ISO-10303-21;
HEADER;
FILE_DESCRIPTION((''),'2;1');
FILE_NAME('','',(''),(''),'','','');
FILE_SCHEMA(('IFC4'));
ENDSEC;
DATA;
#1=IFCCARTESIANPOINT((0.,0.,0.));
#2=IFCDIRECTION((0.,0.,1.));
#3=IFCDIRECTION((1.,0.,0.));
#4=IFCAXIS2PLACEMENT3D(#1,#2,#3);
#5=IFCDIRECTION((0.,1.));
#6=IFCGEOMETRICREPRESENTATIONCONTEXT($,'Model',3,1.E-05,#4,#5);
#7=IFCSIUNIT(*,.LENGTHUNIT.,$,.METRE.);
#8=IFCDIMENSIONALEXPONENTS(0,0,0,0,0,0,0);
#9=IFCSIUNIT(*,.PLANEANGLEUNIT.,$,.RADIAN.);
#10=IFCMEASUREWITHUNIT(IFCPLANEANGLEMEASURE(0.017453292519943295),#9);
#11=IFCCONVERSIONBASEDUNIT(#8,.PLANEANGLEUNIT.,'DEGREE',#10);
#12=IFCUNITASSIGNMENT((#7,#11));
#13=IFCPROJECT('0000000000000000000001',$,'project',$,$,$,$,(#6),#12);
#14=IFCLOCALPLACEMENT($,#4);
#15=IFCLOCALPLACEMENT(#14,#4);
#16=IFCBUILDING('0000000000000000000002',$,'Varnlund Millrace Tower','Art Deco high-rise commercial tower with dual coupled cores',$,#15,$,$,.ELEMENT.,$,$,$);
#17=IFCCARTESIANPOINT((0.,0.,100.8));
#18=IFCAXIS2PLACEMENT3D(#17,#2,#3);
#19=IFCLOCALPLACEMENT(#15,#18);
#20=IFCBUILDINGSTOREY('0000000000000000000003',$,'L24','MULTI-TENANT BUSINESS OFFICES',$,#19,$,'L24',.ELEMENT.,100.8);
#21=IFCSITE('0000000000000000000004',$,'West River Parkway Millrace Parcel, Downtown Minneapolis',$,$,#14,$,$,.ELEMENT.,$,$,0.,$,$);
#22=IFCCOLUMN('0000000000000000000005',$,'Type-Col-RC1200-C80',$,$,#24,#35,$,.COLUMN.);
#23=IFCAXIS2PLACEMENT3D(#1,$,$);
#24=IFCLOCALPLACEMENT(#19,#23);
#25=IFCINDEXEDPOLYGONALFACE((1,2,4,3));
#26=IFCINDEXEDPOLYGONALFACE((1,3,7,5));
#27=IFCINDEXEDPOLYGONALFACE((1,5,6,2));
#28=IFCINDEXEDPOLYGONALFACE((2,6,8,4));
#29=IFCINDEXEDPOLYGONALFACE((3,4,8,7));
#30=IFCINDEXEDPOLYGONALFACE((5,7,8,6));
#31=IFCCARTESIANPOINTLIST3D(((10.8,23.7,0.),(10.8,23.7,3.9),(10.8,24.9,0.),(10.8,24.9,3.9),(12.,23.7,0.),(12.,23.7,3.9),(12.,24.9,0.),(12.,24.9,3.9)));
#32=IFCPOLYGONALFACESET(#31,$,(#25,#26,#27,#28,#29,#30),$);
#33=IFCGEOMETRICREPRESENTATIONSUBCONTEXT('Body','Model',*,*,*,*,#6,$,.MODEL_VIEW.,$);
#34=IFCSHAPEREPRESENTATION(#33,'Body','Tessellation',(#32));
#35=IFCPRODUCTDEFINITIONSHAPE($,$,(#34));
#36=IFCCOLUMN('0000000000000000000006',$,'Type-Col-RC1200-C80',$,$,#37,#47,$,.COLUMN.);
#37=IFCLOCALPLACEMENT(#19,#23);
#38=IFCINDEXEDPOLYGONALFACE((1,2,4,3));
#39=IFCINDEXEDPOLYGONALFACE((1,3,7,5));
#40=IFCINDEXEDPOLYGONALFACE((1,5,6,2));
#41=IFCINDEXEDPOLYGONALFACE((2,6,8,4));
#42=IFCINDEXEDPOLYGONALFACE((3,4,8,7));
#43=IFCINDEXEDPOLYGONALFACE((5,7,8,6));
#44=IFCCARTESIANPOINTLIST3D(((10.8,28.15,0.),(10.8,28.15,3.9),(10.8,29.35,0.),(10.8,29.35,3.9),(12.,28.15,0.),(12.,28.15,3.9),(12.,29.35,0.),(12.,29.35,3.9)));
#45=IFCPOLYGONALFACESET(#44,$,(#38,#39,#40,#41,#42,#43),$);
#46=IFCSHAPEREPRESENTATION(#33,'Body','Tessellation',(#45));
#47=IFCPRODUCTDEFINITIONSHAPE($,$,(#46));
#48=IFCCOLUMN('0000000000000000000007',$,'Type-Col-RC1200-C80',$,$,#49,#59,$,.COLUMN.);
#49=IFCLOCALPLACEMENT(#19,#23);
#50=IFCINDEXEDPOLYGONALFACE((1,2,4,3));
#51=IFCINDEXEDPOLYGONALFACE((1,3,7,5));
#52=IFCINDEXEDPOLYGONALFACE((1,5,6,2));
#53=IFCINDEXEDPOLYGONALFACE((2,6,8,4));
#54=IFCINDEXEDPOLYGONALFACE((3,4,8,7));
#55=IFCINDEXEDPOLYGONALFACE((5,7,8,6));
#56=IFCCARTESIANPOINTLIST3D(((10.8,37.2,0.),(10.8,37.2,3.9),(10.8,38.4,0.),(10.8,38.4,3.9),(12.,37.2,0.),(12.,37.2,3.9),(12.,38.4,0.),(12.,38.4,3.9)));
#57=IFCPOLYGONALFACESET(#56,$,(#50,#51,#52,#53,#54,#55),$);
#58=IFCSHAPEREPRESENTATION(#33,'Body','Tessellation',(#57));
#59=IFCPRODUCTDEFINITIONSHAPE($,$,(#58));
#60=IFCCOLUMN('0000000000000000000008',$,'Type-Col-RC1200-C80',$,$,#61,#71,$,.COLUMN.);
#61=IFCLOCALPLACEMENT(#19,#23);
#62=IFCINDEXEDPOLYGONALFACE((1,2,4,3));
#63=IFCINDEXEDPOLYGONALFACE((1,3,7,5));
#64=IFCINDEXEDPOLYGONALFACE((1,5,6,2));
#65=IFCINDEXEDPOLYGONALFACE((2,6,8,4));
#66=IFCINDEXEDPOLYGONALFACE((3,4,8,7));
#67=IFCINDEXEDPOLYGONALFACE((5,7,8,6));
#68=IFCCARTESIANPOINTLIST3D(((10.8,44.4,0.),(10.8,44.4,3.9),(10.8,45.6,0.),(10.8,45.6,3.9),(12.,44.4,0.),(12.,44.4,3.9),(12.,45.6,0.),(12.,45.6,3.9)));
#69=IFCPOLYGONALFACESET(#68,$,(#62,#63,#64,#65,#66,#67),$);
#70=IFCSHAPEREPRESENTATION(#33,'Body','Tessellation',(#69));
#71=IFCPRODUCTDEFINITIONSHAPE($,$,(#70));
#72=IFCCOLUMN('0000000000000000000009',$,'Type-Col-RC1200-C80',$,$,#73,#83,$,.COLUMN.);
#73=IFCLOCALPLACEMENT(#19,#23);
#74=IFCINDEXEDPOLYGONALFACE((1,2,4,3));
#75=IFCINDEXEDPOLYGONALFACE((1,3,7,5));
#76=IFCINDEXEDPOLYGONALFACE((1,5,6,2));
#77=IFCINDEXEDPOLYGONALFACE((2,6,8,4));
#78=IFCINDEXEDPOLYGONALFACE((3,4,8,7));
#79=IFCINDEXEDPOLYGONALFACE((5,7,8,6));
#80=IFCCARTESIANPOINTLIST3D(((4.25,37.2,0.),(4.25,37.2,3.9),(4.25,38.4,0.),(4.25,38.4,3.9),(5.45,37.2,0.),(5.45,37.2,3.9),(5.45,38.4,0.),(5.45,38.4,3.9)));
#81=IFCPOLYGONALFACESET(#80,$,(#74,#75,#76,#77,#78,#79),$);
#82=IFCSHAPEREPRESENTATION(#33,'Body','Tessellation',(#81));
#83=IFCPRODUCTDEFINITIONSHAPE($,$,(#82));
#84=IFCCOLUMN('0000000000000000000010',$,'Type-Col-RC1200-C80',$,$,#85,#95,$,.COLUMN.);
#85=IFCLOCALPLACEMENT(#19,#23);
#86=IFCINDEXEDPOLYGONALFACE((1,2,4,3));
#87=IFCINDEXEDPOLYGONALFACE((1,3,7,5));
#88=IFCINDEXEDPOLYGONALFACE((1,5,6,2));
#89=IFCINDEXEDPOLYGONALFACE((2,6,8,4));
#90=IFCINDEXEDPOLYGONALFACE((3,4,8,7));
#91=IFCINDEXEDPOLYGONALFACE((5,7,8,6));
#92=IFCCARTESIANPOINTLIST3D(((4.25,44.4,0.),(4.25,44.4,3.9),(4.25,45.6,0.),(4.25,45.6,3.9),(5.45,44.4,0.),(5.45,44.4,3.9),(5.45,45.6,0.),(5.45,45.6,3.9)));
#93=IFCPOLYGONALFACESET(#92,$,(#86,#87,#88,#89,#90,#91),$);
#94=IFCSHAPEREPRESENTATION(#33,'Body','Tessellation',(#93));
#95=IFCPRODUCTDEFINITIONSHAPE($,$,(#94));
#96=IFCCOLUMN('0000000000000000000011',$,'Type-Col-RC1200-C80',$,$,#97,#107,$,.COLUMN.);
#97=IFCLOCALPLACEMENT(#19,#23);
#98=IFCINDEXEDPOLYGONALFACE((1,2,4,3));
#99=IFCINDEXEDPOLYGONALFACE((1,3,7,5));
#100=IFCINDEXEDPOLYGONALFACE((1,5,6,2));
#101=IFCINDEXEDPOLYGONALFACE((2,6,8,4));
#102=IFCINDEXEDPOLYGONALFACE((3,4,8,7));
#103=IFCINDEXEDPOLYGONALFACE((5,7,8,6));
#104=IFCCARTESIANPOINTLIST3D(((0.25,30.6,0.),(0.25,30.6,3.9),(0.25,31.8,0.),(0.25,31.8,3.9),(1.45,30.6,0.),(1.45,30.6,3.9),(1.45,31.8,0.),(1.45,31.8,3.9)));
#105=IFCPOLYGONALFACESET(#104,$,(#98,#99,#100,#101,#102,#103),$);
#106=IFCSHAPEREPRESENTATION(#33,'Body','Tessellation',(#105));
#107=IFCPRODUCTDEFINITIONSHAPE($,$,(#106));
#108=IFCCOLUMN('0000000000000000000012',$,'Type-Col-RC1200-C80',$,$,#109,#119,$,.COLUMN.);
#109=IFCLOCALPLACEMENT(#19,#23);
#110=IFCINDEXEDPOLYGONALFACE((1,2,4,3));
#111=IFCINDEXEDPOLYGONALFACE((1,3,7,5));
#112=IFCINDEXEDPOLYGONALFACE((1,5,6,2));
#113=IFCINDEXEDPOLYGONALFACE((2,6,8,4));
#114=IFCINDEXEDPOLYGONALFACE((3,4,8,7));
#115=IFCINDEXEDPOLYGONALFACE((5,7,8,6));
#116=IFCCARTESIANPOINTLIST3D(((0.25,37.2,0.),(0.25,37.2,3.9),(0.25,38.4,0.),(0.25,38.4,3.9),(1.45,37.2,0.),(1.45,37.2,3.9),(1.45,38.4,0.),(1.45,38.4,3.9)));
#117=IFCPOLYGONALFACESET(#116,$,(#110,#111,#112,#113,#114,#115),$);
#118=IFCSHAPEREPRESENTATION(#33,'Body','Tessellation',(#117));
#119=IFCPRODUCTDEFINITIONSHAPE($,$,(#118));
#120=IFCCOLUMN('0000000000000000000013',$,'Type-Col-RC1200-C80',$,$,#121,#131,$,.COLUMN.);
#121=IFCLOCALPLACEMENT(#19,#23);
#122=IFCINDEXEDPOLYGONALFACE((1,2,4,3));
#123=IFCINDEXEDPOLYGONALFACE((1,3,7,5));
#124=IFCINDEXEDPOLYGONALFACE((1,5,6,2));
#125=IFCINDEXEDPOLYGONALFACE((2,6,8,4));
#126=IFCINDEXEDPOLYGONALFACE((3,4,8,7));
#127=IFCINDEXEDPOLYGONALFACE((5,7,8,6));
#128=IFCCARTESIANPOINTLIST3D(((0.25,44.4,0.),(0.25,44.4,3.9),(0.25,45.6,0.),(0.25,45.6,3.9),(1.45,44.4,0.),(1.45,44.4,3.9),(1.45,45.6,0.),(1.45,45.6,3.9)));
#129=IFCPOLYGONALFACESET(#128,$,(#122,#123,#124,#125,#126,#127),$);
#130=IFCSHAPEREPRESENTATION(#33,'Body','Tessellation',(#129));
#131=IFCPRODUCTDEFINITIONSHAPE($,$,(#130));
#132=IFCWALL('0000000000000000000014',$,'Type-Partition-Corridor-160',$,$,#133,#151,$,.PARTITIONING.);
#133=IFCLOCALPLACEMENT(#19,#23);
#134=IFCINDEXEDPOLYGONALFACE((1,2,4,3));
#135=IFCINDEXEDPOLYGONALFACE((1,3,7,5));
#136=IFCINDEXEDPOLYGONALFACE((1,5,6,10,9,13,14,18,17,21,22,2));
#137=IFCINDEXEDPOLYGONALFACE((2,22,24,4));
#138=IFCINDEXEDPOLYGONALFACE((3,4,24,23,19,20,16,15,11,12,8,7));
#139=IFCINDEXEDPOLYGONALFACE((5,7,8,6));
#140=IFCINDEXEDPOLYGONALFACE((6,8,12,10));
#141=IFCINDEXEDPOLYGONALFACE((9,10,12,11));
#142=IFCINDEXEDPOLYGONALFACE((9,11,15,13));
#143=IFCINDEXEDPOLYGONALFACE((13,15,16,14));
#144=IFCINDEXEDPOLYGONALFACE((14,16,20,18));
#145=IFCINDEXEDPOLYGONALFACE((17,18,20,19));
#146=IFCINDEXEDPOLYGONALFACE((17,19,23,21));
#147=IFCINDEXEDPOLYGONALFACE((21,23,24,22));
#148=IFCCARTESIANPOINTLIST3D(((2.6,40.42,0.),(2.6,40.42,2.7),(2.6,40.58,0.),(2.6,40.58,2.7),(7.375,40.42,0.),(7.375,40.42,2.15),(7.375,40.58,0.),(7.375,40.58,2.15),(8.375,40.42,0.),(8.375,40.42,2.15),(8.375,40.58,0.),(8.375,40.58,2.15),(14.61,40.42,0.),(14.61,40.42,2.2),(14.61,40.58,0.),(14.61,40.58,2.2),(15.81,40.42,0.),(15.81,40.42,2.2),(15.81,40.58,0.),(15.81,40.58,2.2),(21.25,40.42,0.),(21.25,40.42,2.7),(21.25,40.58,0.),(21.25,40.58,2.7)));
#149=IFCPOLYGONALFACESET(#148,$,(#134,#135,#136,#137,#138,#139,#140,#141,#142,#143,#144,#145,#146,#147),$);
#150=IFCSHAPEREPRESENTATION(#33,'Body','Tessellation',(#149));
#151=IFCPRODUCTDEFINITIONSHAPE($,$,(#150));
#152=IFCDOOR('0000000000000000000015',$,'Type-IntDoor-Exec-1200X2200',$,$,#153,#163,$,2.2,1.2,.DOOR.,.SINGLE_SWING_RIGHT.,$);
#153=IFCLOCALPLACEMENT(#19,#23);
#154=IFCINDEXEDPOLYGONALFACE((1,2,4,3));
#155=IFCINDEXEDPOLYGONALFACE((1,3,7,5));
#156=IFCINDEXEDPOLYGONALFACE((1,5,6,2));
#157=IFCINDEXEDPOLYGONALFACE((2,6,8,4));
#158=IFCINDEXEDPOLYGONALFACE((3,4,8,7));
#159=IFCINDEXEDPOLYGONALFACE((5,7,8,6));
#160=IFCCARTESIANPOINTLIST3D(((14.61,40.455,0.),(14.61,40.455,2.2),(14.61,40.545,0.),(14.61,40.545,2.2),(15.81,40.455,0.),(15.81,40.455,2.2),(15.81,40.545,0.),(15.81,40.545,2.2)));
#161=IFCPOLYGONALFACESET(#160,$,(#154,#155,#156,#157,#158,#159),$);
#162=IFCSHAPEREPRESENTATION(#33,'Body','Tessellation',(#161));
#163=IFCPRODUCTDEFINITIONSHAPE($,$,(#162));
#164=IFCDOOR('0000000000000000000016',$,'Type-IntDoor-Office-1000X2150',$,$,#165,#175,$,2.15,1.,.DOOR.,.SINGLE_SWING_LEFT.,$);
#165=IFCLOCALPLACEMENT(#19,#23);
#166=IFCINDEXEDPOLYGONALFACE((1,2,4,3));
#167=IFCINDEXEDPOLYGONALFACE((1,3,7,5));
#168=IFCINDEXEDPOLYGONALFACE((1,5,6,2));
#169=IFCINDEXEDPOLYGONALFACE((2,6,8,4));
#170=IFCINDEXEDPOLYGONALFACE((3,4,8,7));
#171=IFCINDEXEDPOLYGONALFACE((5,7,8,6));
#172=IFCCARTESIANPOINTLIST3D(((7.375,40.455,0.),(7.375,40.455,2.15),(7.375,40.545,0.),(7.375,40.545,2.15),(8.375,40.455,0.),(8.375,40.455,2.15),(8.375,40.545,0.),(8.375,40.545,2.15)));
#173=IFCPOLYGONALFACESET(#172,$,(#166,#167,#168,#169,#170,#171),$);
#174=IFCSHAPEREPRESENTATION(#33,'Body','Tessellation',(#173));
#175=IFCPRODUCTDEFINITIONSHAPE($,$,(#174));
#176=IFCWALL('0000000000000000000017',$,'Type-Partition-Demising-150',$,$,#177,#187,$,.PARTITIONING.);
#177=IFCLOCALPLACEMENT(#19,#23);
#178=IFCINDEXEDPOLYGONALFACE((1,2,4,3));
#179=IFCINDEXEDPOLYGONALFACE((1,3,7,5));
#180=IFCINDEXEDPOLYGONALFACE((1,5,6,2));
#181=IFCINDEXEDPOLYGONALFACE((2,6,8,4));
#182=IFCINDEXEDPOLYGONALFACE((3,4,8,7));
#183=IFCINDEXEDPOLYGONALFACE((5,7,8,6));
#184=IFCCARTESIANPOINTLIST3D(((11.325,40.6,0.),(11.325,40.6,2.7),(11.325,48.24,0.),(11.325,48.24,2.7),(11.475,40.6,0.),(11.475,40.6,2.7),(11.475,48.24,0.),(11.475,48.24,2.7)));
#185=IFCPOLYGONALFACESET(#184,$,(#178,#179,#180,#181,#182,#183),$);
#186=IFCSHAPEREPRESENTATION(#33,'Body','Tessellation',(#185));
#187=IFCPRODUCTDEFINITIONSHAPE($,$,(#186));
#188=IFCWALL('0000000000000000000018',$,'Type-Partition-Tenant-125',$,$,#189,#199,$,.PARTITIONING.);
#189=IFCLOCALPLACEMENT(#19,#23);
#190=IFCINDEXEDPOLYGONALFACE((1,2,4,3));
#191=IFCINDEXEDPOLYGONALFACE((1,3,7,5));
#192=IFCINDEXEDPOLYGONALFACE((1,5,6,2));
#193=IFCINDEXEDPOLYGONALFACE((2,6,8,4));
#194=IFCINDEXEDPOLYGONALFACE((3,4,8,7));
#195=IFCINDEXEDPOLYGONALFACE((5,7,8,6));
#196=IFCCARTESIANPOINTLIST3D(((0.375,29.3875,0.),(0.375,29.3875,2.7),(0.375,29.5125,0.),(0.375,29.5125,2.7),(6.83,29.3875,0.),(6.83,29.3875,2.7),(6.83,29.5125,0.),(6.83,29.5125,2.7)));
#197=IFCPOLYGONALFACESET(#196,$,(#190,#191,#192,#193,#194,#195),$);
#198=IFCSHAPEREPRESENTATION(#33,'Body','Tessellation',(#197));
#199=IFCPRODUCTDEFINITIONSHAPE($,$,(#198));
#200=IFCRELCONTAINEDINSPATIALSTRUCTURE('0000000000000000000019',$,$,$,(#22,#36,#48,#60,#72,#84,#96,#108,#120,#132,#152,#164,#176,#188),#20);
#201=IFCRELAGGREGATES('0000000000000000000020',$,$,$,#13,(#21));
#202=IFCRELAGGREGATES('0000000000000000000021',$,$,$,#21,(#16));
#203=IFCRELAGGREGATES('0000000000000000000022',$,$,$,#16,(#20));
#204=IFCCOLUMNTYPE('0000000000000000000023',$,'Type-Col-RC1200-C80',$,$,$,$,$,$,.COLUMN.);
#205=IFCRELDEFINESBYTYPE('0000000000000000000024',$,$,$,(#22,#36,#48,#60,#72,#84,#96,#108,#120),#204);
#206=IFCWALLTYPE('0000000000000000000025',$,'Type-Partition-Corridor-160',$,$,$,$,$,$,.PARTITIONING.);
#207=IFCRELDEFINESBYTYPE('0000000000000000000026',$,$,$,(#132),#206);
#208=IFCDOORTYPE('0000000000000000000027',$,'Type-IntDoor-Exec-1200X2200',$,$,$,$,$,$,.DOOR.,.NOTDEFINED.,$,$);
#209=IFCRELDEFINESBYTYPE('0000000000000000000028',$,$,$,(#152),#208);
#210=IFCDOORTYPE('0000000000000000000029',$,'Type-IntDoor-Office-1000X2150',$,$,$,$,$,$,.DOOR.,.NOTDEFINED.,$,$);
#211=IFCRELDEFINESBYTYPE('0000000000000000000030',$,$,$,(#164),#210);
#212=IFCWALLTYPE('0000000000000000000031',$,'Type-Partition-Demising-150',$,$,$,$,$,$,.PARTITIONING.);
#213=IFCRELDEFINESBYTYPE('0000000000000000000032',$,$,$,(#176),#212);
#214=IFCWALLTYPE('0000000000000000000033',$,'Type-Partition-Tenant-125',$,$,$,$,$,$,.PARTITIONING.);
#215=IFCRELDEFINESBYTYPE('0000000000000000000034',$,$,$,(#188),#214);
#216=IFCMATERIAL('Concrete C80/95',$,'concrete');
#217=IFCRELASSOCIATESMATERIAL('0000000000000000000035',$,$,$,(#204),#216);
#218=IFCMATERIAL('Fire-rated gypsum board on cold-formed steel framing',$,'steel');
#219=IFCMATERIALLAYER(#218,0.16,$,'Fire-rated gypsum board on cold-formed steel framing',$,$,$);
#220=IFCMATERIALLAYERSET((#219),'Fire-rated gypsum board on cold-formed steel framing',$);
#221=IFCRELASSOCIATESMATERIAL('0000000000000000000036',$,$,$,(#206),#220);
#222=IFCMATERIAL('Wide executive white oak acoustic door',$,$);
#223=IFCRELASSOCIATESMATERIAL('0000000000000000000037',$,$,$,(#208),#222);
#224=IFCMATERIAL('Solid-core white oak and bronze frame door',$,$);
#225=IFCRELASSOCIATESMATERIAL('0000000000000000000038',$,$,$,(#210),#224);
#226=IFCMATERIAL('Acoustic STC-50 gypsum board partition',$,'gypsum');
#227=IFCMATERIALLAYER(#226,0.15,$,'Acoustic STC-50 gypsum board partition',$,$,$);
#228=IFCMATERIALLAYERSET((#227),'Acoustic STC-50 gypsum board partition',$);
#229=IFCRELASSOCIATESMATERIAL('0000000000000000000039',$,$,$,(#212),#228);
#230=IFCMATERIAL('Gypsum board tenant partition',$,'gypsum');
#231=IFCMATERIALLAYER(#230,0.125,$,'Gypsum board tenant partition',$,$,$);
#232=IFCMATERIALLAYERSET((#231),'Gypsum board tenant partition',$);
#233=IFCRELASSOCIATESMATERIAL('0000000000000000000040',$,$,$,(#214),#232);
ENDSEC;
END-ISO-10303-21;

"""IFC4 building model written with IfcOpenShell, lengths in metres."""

from ifc_helpers import new_model, entity, si_unit, converted_unit, direction, frame, origin_with_axes, origin_2d_with_axis, place, context, subcontext, project, spatial, polyline, rectangle, outline, extrude, material, layer, layer_set, material_profile, profile_set, type_object, element, fill, save


model = new_model("IFC4")

# Units and contexts
model_context = context("Model", 3, precision=1e-05, world=origin_with_axes(), true_north=direction((0.0, 1.0)))
body_context = subcontext(model_context, "Body", "Model", "MODEL_VIEW")
ifc_project = project(units=[si_unit("LENGTHUNIT", "METRE"), converted_unit("PLANEANGLEUNIT", "DEGREE", entity("IfcPlaneAngleMeasure", 0.017453292519943295), si_unit("PLANEANGLEUNIT", "RADIAN"), dimensions=[0, 0, 0, 0, 0, 0, 0])], contexts=[model_context])

# Site, building, storey
site_placement = place(None, origin_with_axes())
site = spatial("IfcSite", under=ifc_project, at=site_placement, Name="West River Parkway Millrace Parcel, Downtown Minneapolis", CompositionType="ELEMENT", RefElevation=0.0)
building_placement = place(site_placement, origin_with_axes())
building = spatial("IfcBuilding", under=site, at=building_placement, Name="Varnlund Millrace Tower", Description="Art Deco high-rise commercial tower with dual coupled cores", CompositionType="ELEMENT")
storey_placement = place(building_placement, frame((0.0, 0.0, 100.8), z_axis=(0.0, 0.0, 1.0), x_axis=(1.0, 0.0, 0.0)))
storey = spatial("IfcBuildingStorey", under=building, at=storey_placement, Name="L24", Description="MULTI-TENANT BUSINESS OFFICES", LongName="L24", CompositionType="ELEMENT", Elevation=100.8)

# Columns
ifc_material_1 = material(Name="Concrete C80/95", Category="concrete")
ifc_material_profile = material_profile(ifc_material_1, rectangle(XDim=1.2, YDim=1.2, at=origin_2d_with_axis()), Name="Concrete C80/95")
ifc_profile_set = profile_set([ifc_material_profile], Name="Concrete C80/95")
column_type = type_object("IfcColumnType", Name="Type-Col-RC1200-C80", PredefinedType="COLUMN", material=ifc_profile_set)
for number, where, z_axis, x_axis, name in (
    (1, (11.4, 24.3, 0.0), (0.0, 0.0, 1.0), (1.0, 0.0, 0.0), "Type-Col-RC1200-C80"),
    (2, (11.4, 28.75, 0.0), (0.0, 0.0, 1.0), (1.0, 0.0, 0.0), "Type-Col-RC1200-C80"),
    (3, (11.4, 37.8, 0.0), (0.0, 0.0, 1.0), (1.0, 0.0, 0.0), "Type-Col-RC1200-C80"),
    (4, (11.4, 45.0, 0.0), (0.0, 0.0, 1.0), (1.0, 0.0, 0.0), "Type-Col-RC1200-C80"),
    (5, (4.85, 37.8, 0.0), (0.0, 0.0, 1.0), (1.0, 0.0, 0.0), "Type-Col-RC1200-C80"),
    (6, (4.85, 45.0, 0.0), (0.0, 0.0, 1.0), (1.0, 0.0, 0.0), "Type-Col-RC1200-C80"),
    (7, (0.85, 31.2, 0.0), (0.0, 0.0, 1.0), (1.0, 0.0, 0.0), "Type-Col-RC1200-C80"),
    (8, (0.85, 37.8, 0.0), (0.0, 0.0, 1.0), (1.0, 0.0, 0.0), "Type-Col-RC1200-C80"),
    (9, (0.85, 45.0, 0.0), (0.0, 0.0, 1.0), (1.0, 0.0, 0.0), "Type-Col-RC1200-C80"),
):
    element("IfcColumn", number, at=place(storey_placement, frame(where, z_axis=z_axis, x_axis=x_axis)), inside=storey, type_object=column_type, Name=name, PredefinedType="COLUMN", context=body_context, shape_type="SweptSolid", body=[
        extrude(rectangle(XDim=1.2, YDim=1.2, at=origin_2d_with_axis()), origin_with_axes(), (0.0, 0.0, 1.0), 3.9),
    ])

# Wall, openings, doors
ifc_material_2 = material(Name="Fire-rated gypsum board on cold-formed steel framing", Category="steel")
ifc_layer_1 = layer(ifc_material_2, 0.16, Name="Fire-rated gypsum board on cold-formed steel framing")
ifc_layer_set_1 = layer_set([ifc_layer_1], Name="Fire-rated gypsum board on cold-formed steel framing")
wall_type_1 = type_object("IfcWallType", Name="Type-Partition-Corridor-160", PredefinedType="PARTITIONING", material=ifc_layer_set_1)
wall_1_placement = place(storey_placement, frame((2.6, 40.5, 0.0), z_axis=(0.0, 0.0, 1.0), x_axis=(1.0, 0.0, 0.0)))
wall_1 = element("IfcWall", 10, at=wall_1_placement, inside=storey, type_object=wall_type_1, Name="Type-Partition-Corridor-160", PredefinedType="PARTITIONING", context=body_context, shape_type="SweptSolid", body=[
    extrude(outline(polyline([(0.0, -0.08), (18.65, -0.08), (18.65, 0.08), (0.0, 0.08), (0.0, -0.08)])), origin_with_axes(), (0.0, 0.0, 1.0), 2.7),
])
opening_1_placement = place(wall_1_placement, frame((5.275, 0.0, 0.0), z_axis=(0.0, 0.0, 1.0), x_axis=(1.0, 0.0, 0.0)))
opening_1 = element("IfcOpeningElement", 11, at=opening_1_placement, cuts=wall_1, PredefinedType="OPENING", context=body_context, shape_type="SweptSolid", body=[
    extrude(rectangle(XDim=1.0, YDim=0.18, at=origin_2d_with_axis()), origin_with_axes(), (0.0, 0.0, 1.0), 2.15),
])
opening_2_placement = place(wall_1_placement, frame((12.61, 0.0, 0.0), z_axis=(0.0, 0.0, 1.0), x_axis=(1.0, 0.0, 0.0)))
opening_2 = element("IfcOpeningElement", 12, at=opening_2_placement, cuts=wall_1, PredefinedType="OPENING", context=body_context, shape_type="SweptSolid", body=[
    extrude(rectangle(XDim=1.2, YDim=0.18, at=origin_2d_with_axis()), origin_with_axes(), (0.0, 0.0, 1.0), 2.2),
])
ifc_material_3 = material(Name="Wide executive white oak acoustic door")
door_type_1 = type_object("IfcDoorType", Name="Type-IntDoor-Exec-1200X2200", OperationType="NOTDEFINED", PredefinedType="DOOR", material=ifc_material_3)
door_1_placement = place(wall_1_placement, frame((12.61, 0.0, 0.0), z_axis=(0.0, 0.0, 1.0), x_axis=(1.0, 0.0, 0.0)))
door_1 = element("IfcDoor", 13, at=door_1_placement, inside=storey, type_object=door_type_1, Name="Type-IntDoor-Exec-1200X2200", OperationType="SINGLE_SWING_RIGHT", OverallHeight=2.2, OverallWidth=1.2, PredefinedType="DOOR", context=body_context, shape_type="SweptSolid", body=[
    extrude(rectangle(XDim=1.2, YDim=0.09, at=origin_2d_with_axis()), origin_with_axes(), (0.0, 0.0, 1.0), 2.2),
])
fill(opening_2, door_1)
ifc_material_4 = material(Name="Solid-core white oak and bronze frame door")
door_type_2 = type_object("IfcDoorType", Name="Type-IntDoor-Office-1000X2150", OperationType="NOTDEFINED", PredefinedType="DOOR", material=ifc_material_4)
door_2_placement = place(wall_1_placement, frame((5.275, 0.0, 0.0), z_axis=(0.0, 0.0, 1.0), x_axis=(1.0, 0.0, 0.0)))
door_2 = element("IfcDoor", 14, at=door_2_placement, inside=storey, type_object=door_type_2, Name="Type-IntDoor-Office-1000X2150", OperationType="SINGLE_SWING_LEFT", OverallHeight=2.15, OverallWidth=1.0, PredefinedType="DOOR", context=body_context, shape_type="SweptSolid", body=[
    extrude(rectangle(XDim=1.0, YDim=0.09, at=origin_2d_with_axis()), origin_with_axes(), (0.0, 0.0, 1.0), 2.15),
])
fill(opening_1, door_2)

# Walls
ifc_material_5 = material(Name="Acoustic STC-50 gypsum board partition", Category="gypsum")
ifc_layer_2 = layer(ifc_material_5, 0.15, Name="Acoustic STC-50 gypsum board partition")
ifc_layer_set_2 = layer_set([ifc_layer_2], Name="Acoustic STC-50 gypsum board partition")
wall_type_2 = type_object("IfcWallType", Name="Type-Partition-Demising-150", PredefinedType="PARTITIONING", material=ifc_layer_set_2)
wall_2_placement = place(storey_placement, frame((11.4, 40.6, 0.0), z_axis=(0.0, 0.0, 1.0), x_axis=(0.0, 1.0, 0.0)))
element("IfcWall", 15, at=wall_2_placement, inside=storey, type_object=wall_type_2, Name="Type-Partition-Demising-150", PredefinedType="PARTITIONING", context=body_context, shape_type="SweptSolid", body=[
    extrude(outline(polyline([(0.0, -0.075), (7.64, -0.075), (7.64, 0.075), (0.0, 0.075), (0.0, -0.075)])), origin_with_axes(), (0.0, 0.0, 1.0), 2.7),
])
ifc_material_6 = material(Name="Gypsum board tenant partition", Category="gypsum")
ifc_layer_3 = layer(ifc_material_6, 0.125, Name="Gypsum board tenant partition")
ifc_layer_set_3 = layer_set([ifc_layer_3], Name="Gypsum board tenant partition")
wall_type_3 = type_object("IfcWallType", Name="Type-Partition-Tenant-125", PredefinedType="PARTITIONING", material=ifc_layer_set_3)
wall_3_placement = place(storey_placement, frame((0.375, 29.45, 0.0), z_axis=(0.0, 0.0, 1.0), x_axis=(1.0, 0.0, 0.0)))
element("IfcWall", 16, at=wall_3_placement, inside=storey, type_object=wall_type_3, Name="Type-Partition-Tenant-125", PredefinedType="PARTITIONING", context=body_context, shape_type="SweptSolid", body=[
    extrude(outline(polyline([(0.0, -0.0625), (6.455, -0.0625), (6.455, 0.0625), (0.0, 0.0625), (0.0, -0.0625)])), origin_with_axes(), (0.0, 0.0, 1.0), 2.7),
])

save(model, "model.ifc")
